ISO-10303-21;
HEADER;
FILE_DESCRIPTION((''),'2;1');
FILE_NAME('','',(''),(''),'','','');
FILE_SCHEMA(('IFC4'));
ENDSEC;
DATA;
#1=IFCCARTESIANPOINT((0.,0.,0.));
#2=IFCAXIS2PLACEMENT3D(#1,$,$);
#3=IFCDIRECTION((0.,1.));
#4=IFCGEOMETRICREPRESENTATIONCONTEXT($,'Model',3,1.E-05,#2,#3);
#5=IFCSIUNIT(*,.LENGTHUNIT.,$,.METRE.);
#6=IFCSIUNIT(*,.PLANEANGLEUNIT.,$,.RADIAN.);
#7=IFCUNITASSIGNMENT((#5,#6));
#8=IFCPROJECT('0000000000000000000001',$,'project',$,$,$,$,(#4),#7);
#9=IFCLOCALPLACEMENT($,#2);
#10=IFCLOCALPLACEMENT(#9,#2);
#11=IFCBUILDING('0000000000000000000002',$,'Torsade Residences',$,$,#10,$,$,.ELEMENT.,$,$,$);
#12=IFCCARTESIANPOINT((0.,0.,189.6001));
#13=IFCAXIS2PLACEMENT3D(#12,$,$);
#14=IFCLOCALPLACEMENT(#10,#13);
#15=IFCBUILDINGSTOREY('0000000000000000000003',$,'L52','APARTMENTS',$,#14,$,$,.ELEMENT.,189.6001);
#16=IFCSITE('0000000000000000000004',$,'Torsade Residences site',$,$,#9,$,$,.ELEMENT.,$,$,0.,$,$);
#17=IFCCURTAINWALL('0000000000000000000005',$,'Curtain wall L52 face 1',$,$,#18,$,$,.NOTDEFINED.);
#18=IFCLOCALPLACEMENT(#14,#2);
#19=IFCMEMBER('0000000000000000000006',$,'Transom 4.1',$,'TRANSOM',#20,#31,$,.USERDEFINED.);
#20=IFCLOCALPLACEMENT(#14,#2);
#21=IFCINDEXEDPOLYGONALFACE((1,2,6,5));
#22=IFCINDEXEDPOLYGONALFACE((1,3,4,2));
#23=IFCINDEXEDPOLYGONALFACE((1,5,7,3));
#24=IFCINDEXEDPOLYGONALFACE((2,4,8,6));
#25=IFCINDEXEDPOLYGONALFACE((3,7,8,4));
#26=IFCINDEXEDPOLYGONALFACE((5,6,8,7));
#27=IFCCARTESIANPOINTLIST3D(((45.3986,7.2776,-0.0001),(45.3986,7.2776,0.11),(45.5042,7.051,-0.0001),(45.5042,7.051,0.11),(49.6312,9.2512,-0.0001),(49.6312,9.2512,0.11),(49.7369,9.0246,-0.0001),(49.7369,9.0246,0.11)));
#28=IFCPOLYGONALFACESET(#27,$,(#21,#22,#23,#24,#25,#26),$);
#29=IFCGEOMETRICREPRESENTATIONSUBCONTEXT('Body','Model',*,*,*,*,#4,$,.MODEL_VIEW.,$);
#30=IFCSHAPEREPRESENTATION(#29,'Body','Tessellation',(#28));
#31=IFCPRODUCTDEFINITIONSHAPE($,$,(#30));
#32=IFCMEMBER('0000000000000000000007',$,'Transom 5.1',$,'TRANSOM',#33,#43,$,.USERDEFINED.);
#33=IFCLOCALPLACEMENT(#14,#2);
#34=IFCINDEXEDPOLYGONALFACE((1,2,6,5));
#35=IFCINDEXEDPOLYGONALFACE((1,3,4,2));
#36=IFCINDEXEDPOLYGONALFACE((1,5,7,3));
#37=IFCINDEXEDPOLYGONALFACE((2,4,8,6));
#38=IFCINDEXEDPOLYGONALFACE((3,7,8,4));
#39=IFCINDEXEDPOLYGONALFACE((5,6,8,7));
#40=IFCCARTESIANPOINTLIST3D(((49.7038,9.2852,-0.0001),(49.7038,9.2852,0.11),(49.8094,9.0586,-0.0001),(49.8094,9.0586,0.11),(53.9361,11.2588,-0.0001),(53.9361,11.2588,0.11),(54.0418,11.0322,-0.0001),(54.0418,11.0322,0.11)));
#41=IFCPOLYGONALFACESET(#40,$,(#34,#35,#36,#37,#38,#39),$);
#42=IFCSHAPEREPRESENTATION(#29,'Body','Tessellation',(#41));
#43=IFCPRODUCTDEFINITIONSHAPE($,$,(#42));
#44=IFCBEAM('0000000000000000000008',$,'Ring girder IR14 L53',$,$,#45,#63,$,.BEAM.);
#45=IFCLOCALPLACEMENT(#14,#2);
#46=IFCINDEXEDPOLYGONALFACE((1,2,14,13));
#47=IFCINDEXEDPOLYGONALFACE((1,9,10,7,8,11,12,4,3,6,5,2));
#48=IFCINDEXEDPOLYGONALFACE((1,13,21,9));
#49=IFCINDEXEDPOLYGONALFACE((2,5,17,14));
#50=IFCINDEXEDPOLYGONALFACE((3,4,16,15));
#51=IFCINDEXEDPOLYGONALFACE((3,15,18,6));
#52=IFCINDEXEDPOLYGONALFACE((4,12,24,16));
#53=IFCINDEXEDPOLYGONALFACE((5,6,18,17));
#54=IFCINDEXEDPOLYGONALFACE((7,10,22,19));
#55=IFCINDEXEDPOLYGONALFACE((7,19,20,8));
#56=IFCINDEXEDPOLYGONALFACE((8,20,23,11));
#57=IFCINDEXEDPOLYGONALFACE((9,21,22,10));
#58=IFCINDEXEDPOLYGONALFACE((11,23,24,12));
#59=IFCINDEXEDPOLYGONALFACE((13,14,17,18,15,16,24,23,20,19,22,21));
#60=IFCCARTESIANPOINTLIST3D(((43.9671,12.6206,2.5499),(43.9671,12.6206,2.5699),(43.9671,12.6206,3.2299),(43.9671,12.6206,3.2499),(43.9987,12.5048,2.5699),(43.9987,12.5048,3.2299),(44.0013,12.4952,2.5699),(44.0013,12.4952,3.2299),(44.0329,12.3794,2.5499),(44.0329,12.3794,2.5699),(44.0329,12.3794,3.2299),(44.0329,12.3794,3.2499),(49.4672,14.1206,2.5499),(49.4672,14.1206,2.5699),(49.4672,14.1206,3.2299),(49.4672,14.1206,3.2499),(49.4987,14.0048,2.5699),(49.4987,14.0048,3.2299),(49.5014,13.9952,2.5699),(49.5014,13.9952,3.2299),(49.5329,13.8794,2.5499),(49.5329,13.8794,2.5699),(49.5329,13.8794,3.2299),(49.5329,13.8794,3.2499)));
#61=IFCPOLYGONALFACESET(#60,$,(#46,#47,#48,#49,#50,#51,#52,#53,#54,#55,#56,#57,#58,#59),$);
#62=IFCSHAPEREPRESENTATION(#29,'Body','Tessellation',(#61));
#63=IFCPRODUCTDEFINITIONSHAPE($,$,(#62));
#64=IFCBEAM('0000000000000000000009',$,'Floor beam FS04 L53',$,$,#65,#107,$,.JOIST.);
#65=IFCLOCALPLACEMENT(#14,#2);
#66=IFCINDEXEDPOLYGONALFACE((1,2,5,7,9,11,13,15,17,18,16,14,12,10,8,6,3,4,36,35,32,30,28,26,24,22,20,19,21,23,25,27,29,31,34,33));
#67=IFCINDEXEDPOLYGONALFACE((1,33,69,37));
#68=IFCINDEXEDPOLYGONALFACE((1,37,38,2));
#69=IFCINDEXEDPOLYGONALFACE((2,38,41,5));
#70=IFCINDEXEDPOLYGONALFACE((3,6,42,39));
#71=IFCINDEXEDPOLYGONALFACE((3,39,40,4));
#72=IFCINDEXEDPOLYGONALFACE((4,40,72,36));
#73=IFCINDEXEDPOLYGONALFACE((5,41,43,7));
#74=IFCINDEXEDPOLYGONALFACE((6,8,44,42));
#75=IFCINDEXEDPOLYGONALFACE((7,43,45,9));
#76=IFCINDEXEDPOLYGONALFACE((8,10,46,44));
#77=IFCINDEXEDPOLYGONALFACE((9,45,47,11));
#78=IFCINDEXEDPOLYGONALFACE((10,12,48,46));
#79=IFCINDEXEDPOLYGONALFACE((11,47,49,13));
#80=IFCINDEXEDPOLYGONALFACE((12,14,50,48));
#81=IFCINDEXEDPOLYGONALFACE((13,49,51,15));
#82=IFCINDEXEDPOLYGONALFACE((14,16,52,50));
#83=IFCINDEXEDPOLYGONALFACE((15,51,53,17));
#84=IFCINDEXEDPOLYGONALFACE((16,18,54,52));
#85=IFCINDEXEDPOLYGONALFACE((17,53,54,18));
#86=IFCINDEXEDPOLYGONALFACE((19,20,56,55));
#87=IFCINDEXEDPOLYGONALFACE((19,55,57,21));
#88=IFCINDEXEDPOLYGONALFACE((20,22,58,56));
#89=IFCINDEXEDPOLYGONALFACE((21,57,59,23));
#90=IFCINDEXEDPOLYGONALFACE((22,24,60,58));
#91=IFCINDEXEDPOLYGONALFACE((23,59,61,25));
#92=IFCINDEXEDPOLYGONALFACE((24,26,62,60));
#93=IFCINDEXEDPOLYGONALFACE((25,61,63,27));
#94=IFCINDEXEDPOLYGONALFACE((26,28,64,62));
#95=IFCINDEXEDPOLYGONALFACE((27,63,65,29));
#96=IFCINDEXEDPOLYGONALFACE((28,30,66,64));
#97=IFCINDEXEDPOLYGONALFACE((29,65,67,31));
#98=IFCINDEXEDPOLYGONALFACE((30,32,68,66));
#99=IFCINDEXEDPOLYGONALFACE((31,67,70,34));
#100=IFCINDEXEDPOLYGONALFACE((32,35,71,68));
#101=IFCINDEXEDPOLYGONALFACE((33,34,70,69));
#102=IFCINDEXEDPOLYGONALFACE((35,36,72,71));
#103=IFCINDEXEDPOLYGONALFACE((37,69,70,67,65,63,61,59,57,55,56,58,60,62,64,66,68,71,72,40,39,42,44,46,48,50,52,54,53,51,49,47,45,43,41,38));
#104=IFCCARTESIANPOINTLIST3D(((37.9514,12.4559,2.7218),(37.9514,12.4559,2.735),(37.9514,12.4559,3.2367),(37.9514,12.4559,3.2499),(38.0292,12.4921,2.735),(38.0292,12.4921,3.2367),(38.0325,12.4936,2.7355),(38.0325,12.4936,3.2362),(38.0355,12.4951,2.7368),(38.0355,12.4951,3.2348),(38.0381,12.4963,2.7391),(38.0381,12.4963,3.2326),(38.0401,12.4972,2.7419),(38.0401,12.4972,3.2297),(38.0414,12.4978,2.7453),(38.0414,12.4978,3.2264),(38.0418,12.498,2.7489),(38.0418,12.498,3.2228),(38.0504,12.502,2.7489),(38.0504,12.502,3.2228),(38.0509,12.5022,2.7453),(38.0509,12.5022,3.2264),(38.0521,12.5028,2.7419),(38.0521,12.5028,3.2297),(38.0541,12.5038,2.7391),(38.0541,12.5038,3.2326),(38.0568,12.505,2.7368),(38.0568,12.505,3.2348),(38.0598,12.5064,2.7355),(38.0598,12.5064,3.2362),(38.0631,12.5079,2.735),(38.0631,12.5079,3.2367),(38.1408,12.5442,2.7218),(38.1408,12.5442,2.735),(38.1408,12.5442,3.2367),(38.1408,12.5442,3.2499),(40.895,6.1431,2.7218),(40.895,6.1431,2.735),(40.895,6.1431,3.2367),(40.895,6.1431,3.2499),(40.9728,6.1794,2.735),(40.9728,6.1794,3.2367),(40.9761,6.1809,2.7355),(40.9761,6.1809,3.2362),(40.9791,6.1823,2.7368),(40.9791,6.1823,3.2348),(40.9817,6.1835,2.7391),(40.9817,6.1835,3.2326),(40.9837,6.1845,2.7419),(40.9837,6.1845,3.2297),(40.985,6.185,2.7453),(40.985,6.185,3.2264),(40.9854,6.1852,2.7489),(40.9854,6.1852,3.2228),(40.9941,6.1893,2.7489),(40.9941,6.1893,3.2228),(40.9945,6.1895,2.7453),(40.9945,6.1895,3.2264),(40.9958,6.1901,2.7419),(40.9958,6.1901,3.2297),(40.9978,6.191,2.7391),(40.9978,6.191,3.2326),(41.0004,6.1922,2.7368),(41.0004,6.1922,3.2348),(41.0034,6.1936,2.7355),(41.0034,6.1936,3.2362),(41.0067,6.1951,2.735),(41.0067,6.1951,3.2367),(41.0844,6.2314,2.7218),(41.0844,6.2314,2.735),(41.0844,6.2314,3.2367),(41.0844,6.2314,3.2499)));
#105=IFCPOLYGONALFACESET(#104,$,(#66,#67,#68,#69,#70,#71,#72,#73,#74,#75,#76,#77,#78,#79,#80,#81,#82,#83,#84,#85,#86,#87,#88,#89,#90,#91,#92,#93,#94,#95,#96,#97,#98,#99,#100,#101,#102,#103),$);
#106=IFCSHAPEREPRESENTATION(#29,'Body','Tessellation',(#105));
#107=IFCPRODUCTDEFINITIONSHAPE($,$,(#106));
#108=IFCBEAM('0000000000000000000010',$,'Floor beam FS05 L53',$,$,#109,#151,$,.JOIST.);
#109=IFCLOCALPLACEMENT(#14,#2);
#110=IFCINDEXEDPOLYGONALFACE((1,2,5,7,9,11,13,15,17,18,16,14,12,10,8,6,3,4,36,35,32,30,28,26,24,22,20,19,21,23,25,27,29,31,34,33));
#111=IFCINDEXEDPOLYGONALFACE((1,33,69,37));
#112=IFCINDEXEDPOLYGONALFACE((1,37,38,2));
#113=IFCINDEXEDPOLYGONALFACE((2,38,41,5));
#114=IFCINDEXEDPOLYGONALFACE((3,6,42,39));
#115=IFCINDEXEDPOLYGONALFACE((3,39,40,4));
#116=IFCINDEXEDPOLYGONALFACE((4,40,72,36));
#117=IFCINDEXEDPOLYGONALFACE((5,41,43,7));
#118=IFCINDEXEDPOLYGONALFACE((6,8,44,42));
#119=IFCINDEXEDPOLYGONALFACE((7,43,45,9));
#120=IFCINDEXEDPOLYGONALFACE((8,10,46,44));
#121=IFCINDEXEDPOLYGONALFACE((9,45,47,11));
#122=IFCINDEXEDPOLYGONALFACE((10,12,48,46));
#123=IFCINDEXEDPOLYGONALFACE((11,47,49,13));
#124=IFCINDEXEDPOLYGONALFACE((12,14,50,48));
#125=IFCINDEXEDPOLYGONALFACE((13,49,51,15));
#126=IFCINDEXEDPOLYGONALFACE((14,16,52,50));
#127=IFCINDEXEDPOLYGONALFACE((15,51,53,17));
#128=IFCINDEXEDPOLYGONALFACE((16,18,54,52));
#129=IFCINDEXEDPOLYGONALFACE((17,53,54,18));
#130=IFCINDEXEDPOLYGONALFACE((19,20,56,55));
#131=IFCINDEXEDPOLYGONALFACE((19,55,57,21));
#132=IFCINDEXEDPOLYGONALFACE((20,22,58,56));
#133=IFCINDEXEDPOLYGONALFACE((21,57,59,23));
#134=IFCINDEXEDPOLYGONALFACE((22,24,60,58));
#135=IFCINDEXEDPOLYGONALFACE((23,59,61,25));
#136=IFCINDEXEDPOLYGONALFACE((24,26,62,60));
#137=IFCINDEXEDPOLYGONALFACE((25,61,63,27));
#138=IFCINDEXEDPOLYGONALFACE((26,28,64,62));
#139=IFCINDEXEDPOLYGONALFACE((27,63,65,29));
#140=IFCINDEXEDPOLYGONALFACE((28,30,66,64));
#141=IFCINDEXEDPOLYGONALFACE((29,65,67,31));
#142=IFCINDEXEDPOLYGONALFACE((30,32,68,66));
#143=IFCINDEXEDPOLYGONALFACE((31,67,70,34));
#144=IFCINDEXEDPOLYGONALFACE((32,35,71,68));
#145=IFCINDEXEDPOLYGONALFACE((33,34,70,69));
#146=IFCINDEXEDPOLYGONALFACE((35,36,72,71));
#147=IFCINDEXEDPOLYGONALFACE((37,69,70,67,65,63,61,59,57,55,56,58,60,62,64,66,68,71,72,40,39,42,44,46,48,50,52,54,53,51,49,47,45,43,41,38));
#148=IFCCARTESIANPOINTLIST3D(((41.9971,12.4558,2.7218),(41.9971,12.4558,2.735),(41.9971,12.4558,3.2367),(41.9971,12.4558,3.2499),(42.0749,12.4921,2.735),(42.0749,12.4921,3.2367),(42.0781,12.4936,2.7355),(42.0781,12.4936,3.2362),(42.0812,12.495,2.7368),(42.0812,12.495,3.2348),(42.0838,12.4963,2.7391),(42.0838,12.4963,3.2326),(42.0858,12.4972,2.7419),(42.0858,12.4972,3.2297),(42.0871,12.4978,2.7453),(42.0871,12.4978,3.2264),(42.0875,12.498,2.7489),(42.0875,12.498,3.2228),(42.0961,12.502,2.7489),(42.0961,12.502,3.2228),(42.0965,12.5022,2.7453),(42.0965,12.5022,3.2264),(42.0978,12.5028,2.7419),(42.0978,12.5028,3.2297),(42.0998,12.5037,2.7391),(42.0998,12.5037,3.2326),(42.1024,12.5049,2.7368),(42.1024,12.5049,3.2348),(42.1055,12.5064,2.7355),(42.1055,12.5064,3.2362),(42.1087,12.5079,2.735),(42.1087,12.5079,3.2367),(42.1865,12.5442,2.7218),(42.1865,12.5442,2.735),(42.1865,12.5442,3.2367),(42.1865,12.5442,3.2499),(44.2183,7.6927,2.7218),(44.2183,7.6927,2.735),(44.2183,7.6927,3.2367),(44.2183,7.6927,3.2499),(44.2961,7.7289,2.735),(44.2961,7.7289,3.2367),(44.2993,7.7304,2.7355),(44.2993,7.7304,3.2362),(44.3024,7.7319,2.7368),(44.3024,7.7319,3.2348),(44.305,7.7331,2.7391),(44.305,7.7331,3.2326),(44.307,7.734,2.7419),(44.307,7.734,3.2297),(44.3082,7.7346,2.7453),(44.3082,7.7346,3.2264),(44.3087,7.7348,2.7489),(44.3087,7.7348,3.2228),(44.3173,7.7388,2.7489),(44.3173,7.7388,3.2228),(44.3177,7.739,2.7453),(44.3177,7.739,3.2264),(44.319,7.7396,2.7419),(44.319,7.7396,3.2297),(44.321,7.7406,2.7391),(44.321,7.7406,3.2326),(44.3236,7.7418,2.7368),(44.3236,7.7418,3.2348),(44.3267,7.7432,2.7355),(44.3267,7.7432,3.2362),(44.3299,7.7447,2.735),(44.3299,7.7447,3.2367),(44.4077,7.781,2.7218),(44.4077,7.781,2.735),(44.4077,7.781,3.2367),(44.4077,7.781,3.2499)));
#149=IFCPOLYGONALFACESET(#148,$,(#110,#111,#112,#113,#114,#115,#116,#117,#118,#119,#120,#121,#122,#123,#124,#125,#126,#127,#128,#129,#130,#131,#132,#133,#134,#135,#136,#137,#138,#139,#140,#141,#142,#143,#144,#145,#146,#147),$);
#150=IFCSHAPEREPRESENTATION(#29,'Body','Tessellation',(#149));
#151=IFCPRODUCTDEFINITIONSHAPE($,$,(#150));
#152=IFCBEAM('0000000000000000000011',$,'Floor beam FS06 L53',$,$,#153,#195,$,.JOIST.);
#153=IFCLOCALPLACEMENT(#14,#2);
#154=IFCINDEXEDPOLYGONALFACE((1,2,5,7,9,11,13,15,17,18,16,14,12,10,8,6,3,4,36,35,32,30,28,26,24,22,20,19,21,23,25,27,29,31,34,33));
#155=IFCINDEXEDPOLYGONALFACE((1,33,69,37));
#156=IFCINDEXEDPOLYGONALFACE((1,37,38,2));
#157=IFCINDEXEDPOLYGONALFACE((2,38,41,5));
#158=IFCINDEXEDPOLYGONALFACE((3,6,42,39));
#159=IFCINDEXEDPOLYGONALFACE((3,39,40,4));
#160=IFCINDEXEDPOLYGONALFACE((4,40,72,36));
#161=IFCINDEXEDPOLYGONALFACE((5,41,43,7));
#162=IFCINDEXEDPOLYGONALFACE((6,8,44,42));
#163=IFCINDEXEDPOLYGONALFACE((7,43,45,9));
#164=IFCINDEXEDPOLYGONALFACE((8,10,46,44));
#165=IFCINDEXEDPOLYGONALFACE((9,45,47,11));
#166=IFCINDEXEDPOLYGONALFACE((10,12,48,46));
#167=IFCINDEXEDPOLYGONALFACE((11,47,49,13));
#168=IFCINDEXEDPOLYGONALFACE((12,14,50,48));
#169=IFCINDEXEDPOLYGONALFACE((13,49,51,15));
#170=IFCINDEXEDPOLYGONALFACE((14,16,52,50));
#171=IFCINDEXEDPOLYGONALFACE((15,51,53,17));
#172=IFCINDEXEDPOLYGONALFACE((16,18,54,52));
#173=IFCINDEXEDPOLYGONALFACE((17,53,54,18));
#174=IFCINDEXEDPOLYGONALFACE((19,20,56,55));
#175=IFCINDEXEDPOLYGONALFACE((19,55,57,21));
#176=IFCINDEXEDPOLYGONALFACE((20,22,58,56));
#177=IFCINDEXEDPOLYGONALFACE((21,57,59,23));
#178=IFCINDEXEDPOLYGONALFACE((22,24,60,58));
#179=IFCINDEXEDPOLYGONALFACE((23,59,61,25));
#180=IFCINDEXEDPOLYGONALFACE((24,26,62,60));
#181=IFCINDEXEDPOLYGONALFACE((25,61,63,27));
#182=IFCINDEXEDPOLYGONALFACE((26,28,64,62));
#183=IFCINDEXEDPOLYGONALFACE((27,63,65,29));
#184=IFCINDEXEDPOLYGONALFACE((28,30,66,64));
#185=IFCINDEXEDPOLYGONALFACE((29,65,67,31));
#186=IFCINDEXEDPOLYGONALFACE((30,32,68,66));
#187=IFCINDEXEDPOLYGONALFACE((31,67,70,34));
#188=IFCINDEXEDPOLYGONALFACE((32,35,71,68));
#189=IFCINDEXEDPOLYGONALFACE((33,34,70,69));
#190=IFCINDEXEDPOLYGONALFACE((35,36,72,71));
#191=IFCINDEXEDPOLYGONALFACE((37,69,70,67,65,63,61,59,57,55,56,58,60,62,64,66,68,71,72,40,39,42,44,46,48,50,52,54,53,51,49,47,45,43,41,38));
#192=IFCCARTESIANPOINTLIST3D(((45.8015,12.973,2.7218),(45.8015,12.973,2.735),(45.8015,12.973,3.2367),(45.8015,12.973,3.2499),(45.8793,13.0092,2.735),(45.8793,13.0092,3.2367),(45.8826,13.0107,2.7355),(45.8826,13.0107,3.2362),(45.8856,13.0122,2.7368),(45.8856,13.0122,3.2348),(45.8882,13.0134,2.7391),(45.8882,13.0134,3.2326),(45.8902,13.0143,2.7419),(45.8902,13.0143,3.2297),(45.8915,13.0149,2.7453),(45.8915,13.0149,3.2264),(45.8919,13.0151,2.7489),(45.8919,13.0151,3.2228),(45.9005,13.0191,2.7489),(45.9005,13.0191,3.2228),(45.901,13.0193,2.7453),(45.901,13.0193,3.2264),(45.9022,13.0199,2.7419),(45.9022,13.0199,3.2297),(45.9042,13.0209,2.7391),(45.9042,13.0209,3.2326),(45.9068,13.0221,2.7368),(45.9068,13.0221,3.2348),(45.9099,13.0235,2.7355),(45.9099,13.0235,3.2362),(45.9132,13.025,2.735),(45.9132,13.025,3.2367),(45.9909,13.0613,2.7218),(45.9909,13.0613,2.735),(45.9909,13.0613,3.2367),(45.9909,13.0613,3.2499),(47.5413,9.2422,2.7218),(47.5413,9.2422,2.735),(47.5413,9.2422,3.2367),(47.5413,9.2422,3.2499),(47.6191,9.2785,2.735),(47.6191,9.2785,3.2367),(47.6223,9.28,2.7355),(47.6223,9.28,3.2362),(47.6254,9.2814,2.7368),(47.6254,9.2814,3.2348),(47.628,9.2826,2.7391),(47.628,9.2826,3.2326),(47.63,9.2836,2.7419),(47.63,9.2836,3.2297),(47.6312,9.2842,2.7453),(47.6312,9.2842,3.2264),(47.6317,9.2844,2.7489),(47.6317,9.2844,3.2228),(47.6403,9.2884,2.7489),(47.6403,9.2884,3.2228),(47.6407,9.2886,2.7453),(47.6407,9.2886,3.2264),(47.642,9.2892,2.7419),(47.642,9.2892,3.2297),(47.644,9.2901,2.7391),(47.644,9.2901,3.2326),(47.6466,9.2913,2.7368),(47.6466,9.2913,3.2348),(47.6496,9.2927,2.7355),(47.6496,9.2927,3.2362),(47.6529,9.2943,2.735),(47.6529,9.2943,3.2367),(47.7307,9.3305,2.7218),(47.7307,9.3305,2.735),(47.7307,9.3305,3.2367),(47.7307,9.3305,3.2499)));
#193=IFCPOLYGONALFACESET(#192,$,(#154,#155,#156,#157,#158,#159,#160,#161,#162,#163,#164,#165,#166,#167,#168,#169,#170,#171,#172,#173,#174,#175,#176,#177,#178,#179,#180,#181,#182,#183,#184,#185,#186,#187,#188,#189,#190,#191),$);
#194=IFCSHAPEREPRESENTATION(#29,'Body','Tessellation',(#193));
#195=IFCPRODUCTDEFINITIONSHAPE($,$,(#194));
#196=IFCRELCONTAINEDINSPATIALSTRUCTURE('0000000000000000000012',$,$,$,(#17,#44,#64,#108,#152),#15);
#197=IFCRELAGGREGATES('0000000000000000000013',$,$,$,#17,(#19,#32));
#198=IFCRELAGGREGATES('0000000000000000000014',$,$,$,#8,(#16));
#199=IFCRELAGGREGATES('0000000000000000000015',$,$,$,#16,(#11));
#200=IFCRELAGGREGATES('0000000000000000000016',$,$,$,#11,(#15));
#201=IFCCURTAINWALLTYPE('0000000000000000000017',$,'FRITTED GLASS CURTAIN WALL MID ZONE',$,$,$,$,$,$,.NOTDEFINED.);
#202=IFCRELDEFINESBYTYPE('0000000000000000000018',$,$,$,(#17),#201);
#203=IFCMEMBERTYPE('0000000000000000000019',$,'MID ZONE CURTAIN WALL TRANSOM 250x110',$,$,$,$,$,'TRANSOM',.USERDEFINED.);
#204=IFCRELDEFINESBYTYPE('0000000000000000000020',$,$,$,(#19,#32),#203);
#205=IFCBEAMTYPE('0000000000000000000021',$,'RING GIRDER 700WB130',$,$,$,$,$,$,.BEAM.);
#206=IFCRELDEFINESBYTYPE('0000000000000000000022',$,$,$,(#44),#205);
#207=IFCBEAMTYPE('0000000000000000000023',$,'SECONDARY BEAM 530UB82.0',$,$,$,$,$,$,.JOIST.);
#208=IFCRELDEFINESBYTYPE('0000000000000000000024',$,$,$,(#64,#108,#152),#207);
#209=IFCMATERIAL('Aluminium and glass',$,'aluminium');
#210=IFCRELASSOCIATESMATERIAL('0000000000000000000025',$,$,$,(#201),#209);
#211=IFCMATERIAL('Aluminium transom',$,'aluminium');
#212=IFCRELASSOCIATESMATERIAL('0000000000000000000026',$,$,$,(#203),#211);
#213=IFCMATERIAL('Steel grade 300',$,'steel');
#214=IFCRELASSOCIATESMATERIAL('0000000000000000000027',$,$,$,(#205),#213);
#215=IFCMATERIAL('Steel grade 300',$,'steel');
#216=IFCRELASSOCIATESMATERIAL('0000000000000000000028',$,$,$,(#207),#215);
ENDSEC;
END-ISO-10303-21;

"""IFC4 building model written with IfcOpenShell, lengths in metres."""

from ifc_helpers import new_model, si_unit, direction, frame, origin, origin_2d, place, context, subcontext, project, spatial, rectangle, i_section, extrude, material, material_profile, profile_set, type_object, element, aggregate, save


model = new_model("IFC4")

# Units and contexts
model_context = context("Model", 3, precision=1e-05, world=origin(), true_north=direction((0.0, 1.0)))
body_context = subcontext(model_context, "Body", "Model", "MODEL_VIEW")
ifc_project = project(units=[si_unit("LENGTHUNIT", "METRE"), si_unit("PLANEANGLEUNIT", "RADIAN")], contexts=[model_context])

# Site, building, storey
site_placement = place(None, origin())
site = spatial("IfcSite", under=ifc_project, at=site_placement, Name="Torsade Residences site", CompositionType="ELEMENT", RefElevation=0.0)
building_placement = place(site_placement, origin())
building = spatial("IfcBuilding", under=site, at=building_placement, Name="Torsade Residences", CompositionType="ELEMENT")
storey_placement = place(building_placement, frame((0.0, 0.0, 189.6001)))
storey = spatial("IfcBuildingStorey", under=building, at=storey_placement, Name="L52", Description="APARTMENTS", CompositionType="ELEMENT", Elevation=189.6001)

# Curtain wall, members
ifc_material_1 = material(Name="Aluminium and glass", Category="aluminium")
curtain_wall_type = type_object("IfcCurtainWallType", Name="FRITTED GLASS CURTAIN WALL MID ZONE", PredefinedType="NOTDEFINED", material=ifc_material_1)
curtain_wall_placement = place(storey_placement, origin())
curtain_wall = element("IfcCurtainWall", 1, at=curtain_wall_placement, inside=storey, type_object=curtain_wall_type, Name="Curtain wall L52 face 1", PredefinedType="NOTDEFINED")
ifc_material_2 = material(Name="Aluminium transom", Category="aluminium")
ifc_material_profile_1 = material_profile(ifc_material_2, rectangle(XDim=0.25, YDim=0.1101, at=origin_2d()), Name="MID ZONE CURTAIN WALL TRANSOM 250x110")
ifc_profile_set_1 = profile_set([ifc_material_profile_1], Name="Aluminium transom")
member_type_1 = type_object("IfcMemberType", Name="MID ZONE CURTAIN WALL TRANSOM 250x110", ElementType="TRANSOM", PredefinedType="USERDEFINED", material=ifc_profile_set_1)
member_1_placement = place(storey_placement, frame((45.4514, 7.1643, 0.0549), z_axis=(0.906315, 0.422602, 0.0), x_axis=(-0.422602, 0.906315, 0.0)))
member_1 = element("IfcMember", 2, at=member_1_placement, type_object=member_type_1, Name="Transom 4.1", ObjectType="TRANSOM", PredefinedType="USERDEFINED", context=body_context, shape_type="SweptSolid", body=[
    extrude(rectangle(XDim=0.25, YDim=0.1101, at=origin_2d()), origin(), (0.0, 0.0, 1.0), 4.6702),
])
member_2_placement = place(storey_placement, frame((49.7566, 9.1719, 0.0549), z_axis=(0.906306, 0.422622, 0.0), x_axis=(-0.422622, 0.906306, 0.0)))
member_2 = element("IfcMember", 3, at=member_2_placement, type_object=member_type_1, Name="Transom 5.1", ObjectType="TRANSOM", PredefinedType="USERDEFINED", context=body_context, shape_type="SweptSolid", body=[
    extrude(rectangle(XDim=0.25, YDim=0.1101, at=origin_2d()), origin(), (0.0, 0.0, 1.0), 4.6699),
])

# Beams
ifc_material_3 = material(Name="Steel grade 300", Category="steel")
ifc_material_profile_2 = material_profile(ifc_material_3, i_section(OverallWidth=0.25, OverallDepth=0.7, WebThickness=0.01, FlangeThickness=0.02, at=origin_2d()), Name="700WB130")
ifc_profile_set_2 = profile_set([ifc_material_profile_2], Name="Steel grade 300")
beam_type_1 = type_object("IfcBeamType", Name="RING GIRDER 700WB130", PredefinedType="BEAM", material=ifc_profile_set_2)
beam_1_placement = place(storey_placement, frame((44.0, 12.5, 2.8999), z_axis=(0.964764, 0.263117, 0.0), x_axis=(-0.263117, 0.964764, 0.0)))
element("IfcBeam", 4, at=beam_1_placement, inside=storey, type_object=beam_type_1, Name="Ring girder IR14 L53", PredefinedType="BEAM", context=body_context, shape_type="SweptSolid", body=[
    extrude(i_section(OverallWidth=0.25, OverallDepth=0.7, WebThickness=0.01, FlangeThickness=0.02, at=origin_2d()), origin(), (0.0, 0.0, 1.0), 5.7009),
])
ifc_material_4 = material(Name="Steel grade 300", Category="steel")
ifc_material_profile_3 = material_profile(ifc_material_4, i_section(OverallWidth=0.209, OverallDepth=0.5281, WebThickness=0.0095, FlangeThickness=0.0132, FilletRadius=0.0139, at=origin_2d()), Name="530UB82.0")
ifc_profile_set_3 = profile_set([ifc_material_profile_3], Name="Steel grade 300")
beam_type_2 = type_object("IfcBeamType", Name="SECONDARY BEAM 530UB82.0", PredefinedType="JOIST", material=ifc_profile_set_3)
beam_2_placement = place(storey_placement, frame((40.9897, 6.1873, 2.9858), z_axis=(-0.422609, 0.906312, 0.0), x_axis=(-0.906312, -0.422609, 0.0)))
element("IfcBeam", 5, at=beam_2_placement, inside=storey, type_object=beam_type_2, Name="Floor beam FS04 L53", PredefinedType="JOIST", context=body_context, shape_type="SweptSolid", body=[
    extrude(i_section(OverallWidth=0.209, OverallDepth=0.5281, WebThickness=0.0095, FlangeThickness=0.0132, FilletRadius=0.0139, at=origin_2d()), origin(), (0.0, 0.0, 1.0), 6.9653),
])
beam_3_placement = place(storey_placement, frame((44.313, 7.7368, 2.9858), z_axis=(-0.422631, 0.906302, 0.0), x_axis=(-0.906302, -0.422631, 0.0)))
element("IfcBeam", 6, at=beam_3_placement, inside=storey, type_object=beam_type_2, Name="Floor beam FS05 L53", PredefinedType="JOIST", context=body_context, shape_type="SweptSolid", body=[
    extrude(i_section(OverallWidth=0.209, OverallDepth=0.5281, WebThickness=0.0095, FlangeThickness=0.0132, FilletRadius=0.0139, at=origin_2d()), origin(), (0.0, 0.0, 1.0), 5.2556),
])
beam_4_placement = place(storey_placement, frame((47.636, 9.2864, 2.9858), z_axis=(-0.422635, 0.9063, 0.0), x_axis=(-0.9063, -0.422635, 0.0)))
element("IfcBeam", 7, at=beam_4_placement, inside=storey, type_object=beam_type_2, Name="Floor beam FS06 L53", PredefinedType="JOIST", context=body_context, shape_type="SweptSolid", body=[
    extrude(i_section(OverallWidth=0.209, OverallDepth=0.5281, WebThickness=0.0095, FlangeThickness=0.0132, FilletRadius=0.0139, at=origin_2d()), origin(), (0.0, 0.0, 1.0), 4.1165),
])

aggregate(curtain_wall, [member_1, member_2])

save(model, "model.ifc")
